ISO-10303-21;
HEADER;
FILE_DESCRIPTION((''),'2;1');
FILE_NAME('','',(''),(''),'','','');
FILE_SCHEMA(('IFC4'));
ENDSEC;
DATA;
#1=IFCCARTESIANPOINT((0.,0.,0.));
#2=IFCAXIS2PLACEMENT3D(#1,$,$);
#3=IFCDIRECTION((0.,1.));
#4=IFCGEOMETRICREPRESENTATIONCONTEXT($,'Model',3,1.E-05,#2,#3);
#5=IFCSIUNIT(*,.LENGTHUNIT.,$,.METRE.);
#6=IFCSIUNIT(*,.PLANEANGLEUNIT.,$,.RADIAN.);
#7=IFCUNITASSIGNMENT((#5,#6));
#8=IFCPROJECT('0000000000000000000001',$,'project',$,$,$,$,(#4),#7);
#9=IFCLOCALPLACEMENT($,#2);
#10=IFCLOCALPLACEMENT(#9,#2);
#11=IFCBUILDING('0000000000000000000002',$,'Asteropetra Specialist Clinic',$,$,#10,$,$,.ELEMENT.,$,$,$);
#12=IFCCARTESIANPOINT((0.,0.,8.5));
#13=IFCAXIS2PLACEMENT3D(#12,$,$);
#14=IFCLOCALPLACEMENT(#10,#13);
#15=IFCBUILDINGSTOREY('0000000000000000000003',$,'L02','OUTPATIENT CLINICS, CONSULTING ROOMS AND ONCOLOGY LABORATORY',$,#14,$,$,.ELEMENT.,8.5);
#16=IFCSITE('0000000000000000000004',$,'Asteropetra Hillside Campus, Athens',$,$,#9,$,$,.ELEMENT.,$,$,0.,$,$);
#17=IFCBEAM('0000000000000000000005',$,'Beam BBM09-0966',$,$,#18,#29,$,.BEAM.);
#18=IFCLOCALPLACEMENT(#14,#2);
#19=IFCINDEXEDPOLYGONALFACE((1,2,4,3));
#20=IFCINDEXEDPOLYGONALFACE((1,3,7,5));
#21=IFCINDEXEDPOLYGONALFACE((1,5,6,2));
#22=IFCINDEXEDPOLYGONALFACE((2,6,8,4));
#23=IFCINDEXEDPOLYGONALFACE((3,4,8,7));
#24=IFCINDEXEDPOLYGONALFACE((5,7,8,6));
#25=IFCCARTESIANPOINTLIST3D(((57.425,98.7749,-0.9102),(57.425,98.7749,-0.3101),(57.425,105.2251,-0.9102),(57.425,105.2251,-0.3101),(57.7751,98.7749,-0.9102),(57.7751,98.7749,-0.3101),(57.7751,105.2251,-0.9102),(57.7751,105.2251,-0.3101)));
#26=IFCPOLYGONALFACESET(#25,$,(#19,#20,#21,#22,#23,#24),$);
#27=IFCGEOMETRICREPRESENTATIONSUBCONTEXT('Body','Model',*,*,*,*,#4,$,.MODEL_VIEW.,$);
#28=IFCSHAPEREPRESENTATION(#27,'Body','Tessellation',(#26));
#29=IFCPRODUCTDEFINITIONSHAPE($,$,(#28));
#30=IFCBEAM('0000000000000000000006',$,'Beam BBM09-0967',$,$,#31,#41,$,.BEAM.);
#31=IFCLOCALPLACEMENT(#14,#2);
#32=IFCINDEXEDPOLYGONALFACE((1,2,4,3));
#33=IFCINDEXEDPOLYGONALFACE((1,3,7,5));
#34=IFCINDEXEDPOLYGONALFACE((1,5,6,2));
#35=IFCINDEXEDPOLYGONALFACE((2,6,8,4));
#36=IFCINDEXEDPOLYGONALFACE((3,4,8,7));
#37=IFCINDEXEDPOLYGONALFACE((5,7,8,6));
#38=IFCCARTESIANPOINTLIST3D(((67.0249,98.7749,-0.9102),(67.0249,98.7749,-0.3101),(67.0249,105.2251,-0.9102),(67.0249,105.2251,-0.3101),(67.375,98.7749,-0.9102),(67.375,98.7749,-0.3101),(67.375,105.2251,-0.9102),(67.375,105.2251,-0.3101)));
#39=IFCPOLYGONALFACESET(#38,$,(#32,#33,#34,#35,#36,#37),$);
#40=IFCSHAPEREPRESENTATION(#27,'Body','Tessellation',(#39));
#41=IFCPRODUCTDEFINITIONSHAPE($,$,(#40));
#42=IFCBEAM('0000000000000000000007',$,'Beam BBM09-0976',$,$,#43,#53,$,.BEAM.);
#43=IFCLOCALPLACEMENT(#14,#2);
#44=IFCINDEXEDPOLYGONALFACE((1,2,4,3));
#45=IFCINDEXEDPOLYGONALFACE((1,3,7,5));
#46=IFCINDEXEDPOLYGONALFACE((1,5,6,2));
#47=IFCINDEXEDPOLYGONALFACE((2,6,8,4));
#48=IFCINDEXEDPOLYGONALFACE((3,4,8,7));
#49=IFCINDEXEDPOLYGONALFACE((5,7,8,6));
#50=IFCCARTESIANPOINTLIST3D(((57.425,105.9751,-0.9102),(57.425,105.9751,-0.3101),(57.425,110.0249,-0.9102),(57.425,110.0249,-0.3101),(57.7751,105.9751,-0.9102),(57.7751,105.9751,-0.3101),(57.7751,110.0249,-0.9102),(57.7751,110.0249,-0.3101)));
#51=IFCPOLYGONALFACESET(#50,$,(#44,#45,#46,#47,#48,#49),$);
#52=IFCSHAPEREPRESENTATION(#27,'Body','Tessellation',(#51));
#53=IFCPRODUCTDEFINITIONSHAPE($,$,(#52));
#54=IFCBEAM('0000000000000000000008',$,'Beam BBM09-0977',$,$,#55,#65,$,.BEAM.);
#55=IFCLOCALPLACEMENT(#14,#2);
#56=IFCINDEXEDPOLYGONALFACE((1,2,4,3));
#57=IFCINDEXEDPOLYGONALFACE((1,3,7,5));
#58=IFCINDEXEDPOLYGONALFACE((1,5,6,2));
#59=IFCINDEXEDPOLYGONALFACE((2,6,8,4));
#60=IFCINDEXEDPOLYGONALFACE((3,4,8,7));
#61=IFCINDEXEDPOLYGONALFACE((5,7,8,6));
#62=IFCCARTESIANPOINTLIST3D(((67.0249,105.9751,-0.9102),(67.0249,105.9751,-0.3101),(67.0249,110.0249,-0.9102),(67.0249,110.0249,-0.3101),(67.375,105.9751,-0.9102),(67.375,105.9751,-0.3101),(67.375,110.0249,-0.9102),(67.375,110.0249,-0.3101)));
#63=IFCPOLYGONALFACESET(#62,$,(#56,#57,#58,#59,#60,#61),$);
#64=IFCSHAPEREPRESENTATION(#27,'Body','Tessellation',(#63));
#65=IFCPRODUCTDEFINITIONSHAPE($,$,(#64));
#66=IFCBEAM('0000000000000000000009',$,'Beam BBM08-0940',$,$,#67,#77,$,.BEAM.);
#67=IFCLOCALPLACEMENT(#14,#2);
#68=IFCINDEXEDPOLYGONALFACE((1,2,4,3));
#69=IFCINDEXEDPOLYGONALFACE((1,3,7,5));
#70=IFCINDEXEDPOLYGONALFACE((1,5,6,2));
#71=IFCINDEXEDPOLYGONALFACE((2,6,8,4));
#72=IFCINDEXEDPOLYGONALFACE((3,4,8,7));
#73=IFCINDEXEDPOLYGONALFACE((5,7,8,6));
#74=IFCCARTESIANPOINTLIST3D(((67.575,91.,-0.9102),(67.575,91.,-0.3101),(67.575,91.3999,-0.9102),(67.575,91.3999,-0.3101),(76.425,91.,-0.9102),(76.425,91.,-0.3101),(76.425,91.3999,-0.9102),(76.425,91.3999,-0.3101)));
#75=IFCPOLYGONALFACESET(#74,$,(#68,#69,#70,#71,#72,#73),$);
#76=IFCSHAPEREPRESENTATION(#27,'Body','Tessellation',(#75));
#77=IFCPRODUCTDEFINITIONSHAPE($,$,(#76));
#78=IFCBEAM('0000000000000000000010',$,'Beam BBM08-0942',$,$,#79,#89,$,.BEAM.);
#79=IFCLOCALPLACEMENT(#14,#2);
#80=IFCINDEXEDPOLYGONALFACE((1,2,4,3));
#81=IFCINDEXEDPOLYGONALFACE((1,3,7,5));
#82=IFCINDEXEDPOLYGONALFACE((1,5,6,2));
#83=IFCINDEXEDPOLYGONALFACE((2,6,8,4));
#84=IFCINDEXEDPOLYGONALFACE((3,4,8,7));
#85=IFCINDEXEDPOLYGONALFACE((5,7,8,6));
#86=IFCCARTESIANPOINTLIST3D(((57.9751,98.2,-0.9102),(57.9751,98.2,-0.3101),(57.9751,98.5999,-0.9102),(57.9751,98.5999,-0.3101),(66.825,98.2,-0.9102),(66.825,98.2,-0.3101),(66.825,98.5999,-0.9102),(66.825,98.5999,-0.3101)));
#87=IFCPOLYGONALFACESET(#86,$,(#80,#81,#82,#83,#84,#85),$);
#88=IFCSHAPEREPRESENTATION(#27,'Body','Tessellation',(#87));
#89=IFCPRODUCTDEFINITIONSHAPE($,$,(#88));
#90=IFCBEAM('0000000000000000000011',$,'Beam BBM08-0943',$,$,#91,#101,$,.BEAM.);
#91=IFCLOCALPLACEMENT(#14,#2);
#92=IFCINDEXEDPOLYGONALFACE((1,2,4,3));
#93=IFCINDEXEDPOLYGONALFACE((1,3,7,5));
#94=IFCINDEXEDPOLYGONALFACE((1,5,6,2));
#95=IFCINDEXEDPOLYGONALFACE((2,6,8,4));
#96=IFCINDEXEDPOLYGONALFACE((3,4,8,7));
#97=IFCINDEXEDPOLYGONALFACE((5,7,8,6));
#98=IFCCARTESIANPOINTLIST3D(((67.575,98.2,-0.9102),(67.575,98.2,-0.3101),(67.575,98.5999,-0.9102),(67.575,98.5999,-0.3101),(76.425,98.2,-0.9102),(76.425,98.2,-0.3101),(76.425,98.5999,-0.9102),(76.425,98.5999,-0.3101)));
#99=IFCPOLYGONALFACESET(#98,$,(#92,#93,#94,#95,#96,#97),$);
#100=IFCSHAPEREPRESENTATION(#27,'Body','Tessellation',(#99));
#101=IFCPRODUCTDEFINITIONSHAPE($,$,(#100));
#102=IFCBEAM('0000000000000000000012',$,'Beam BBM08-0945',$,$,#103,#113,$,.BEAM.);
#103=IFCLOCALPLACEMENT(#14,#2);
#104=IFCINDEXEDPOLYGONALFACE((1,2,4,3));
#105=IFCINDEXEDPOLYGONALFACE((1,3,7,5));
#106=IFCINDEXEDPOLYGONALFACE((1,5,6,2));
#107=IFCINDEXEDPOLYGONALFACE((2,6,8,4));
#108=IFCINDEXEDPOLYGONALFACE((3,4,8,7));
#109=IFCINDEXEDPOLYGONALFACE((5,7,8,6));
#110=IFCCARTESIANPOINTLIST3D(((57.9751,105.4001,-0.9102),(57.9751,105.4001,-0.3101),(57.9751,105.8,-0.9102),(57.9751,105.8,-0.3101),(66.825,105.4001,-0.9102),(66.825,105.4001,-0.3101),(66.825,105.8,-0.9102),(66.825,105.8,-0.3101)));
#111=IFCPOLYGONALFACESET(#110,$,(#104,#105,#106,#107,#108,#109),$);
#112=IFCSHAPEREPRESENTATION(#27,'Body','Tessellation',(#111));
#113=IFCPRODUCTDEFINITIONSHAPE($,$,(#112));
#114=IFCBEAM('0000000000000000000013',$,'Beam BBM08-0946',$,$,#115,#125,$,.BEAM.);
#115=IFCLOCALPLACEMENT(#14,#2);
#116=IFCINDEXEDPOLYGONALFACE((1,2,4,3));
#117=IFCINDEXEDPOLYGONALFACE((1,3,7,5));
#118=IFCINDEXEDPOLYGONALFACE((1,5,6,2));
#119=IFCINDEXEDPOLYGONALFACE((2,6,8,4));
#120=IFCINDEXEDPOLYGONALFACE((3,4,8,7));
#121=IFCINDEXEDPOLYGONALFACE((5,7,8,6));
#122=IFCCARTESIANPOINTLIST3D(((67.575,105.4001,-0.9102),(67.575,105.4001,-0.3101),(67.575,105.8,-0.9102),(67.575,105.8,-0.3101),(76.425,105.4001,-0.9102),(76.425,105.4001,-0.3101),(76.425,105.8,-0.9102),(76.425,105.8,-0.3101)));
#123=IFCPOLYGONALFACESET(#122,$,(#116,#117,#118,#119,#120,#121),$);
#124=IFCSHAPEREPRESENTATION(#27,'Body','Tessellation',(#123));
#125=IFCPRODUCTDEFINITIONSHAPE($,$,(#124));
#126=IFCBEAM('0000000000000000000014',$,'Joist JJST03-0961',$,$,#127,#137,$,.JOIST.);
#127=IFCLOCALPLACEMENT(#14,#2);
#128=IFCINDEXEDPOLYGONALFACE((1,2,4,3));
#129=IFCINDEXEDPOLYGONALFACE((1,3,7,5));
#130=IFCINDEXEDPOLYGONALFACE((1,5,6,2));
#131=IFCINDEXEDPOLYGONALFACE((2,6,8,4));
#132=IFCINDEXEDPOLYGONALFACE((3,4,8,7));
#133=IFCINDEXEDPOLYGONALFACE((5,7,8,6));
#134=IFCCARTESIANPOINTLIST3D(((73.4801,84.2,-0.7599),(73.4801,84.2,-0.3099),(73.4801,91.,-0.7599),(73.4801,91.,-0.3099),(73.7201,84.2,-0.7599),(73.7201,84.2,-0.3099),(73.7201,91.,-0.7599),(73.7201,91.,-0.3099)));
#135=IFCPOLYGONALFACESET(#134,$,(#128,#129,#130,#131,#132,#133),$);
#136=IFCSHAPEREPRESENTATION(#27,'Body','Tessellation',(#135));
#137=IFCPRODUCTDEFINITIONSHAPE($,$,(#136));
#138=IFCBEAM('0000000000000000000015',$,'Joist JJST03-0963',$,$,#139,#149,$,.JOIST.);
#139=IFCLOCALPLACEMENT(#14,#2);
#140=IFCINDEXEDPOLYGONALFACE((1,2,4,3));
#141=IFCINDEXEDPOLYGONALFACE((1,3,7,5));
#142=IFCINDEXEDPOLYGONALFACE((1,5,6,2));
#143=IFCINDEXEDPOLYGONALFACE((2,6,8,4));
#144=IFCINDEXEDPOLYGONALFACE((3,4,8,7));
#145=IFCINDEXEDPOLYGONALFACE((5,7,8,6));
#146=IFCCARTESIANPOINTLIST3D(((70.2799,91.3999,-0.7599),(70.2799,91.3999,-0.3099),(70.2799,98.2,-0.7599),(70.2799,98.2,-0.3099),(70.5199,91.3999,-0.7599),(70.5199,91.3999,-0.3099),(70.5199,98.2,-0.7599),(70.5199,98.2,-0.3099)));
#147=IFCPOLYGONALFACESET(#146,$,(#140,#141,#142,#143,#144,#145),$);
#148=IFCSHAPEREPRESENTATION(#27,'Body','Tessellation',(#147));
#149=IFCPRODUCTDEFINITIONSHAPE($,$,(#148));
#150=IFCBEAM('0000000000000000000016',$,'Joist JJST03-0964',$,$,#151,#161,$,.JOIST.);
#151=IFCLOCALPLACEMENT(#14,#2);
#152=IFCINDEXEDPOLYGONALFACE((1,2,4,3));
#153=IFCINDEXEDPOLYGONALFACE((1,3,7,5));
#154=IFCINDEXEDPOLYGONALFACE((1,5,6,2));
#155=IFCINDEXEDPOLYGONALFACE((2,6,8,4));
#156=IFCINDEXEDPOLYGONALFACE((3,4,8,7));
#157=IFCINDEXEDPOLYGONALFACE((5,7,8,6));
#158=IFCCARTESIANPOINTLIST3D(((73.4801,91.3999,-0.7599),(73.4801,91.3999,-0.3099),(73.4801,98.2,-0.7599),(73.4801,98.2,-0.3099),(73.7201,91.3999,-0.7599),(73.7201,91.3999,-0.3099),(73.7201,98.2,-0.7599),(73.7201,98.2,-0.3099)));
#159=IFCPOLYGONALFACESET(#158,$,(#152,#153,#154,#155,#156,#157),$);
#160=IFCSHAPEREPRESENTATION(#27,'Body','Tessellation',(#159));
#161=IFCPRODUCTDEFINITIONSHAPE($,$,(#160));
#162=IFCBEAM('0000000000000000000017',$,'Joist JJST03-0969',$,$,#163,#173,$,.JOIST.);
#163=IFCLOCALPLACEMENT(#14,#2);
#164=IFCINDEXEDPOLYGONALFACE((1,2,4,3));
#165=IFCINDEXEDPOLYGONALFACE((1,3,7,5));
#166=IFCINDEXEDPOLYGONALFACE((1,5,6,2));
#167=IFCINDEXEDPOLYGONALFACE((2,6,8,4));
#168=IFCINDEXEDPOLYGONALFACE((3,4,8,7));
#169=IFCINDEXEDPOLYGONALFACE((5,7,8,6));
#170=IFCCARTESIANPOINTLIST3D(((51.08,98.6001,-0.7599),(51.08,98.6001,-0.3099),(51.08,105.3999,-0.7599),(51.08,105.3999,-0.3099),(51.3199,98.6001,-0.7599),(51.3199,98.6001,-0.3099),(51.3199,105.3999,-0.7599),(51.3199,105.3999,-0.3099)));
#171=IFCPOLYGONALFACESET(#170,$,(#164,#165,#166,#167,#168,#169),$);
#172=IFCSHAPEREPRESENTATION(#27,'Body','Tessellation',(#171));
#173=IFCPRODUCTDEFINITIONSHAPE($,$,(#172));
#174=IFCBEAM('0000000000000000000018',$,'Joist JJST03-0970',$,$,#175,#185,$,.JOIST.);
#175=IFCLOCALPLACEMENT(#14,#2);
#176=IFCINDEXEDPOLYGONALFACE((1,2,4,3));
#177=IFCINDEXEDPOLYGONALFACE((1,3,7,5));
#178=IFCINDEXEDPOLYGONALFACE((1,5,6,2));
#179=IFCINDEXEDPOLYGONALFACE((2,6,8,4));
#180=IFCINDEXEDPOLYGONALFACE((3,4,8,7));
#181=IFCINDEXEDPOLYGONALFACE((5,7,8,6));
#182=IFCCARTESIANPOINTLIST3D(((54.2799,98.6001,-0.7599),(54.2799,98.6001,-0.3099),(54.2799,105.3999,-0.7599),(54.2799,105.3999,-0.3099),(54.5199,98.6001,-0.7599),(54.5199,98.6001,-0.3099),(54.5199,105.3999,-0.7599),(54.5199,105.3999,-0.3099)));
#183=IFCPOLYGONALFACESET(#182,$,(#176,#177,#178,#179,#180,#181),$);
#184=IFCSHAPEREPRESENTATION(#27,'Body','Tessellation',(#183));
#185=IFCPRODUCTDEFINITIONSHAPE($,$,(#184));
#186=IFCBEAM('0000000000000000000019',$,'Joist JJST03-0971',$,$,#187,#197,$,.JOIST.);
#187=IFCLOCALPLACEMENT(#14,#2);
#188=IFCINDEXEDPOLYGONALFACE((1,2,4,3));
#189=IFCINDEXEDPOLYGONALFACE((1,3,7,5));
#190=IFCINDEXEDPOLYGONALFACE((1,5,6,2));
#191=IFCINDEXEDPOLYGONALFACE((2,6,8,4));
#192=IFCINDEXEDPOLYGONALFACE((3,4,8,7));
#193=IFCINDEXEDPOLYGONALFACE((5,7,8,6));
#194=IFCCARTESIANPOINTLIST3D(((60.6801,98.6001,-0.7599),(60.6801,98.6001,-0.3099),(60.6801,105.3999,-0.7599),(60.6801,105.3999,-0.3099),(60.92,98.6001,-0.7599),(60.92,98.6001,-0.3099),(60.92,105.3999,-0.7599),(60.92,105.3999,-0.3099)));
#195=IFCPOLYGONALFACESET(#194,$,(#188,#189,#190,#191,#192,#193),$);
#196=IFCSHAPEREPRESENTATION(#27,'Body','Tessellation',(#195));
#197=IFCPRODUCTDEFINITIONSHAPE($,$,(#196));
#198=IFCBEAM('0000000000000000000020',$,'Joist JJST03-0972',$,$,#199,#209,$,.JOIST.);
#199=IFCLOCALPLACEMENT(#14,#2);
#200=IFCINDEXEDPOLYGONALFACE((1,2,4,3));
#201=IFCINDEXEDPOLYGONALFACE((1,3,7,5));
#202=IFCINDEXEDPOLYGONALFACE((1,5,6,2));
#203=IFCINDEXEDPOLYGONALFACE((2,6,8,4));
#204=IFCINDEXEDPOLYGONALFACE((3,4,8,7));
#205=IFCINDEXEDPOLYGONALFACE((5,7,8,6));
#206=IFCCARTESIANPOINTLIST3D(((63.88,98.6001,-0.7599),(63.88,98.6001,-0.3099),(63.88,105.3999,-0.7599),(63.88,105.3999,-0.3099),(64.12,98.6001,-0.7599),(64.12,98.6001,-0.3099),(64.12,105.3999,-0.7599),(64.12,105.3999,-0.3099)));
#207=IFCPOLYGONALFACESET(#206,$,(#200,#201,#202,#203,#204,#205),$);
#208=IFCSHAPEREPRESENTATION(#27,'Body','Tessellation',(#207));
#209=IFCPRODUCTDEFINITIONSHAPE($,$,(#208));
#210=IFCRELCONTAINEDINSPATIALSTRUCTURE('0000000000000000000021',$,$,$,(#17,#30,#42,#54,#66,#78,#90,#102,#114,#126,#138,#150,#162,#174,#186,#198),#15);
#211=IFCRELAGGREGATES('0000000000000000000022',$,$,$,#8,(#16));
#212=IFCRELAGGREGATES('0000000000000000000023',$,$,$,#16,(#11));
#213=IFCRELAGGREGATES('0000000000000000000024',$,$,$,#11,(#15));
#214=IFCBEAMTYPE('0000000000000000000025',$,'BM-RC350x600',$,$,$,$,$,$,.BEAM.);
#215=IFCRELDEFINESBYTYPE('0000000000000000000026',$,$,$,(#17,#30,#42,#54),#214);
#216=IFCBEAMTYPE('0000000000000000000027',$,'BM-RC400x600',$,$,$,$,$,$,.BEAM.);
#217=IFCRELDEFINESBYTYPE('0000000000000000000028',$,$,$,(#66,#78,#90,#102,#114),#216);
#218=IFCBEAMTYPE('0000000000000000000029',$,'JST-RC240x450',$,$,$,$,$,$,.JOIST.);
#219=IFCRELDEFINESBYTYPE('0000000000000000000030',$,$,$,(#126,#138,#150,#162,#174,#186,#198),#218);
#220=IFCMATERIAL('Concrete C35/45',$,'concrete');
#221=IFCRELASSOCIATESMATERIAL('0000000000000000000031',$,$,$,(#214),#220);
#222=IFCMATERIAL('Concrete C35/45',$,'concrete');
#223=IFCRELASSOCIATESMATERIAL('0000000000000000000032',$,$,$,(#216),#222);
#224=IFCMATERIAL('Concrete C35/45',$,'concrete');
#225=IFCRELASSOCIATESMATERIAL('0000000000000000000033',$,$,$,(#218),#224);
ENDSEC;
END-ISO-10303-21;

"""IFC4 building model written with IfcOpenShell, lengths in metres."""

from ifc_helpers import new_model, si_unit, direction, frame, origin, origin_2d, place, context, subcontext, project, spatial, rectangle, extrude, material, material_profile, profile_set, type_object, element, save


model = new_model("IFC4")

# Units and contexts
model_context = context("Model", 3, precision=1e-05, world=origin(), true_north=direction((0.0, 1.0)))
body_context = subcontext(model_context, "Body", "Model", "MODEL_VIEW")
ifc_project = project(units=[si_unit("LENGTHUNIT", "METRE"), si_unit("PLANEANGLEUNIT", "RADIAN")], contexts=[model_context])

# Site, building, storey
site_placement = place(None, origin())
site = spatial("IfcSite", under=ifc_project, at=site_placement, Name="Asteropetra Hillside Campus, Athens", CompositionType="ELEMENT", RefElevation=0.0)
building_placement = place(site_placement, origin())
building = spatial("IfcBuilding", under=site, at=building_placement, Name="Asteropetra Specialist Clinic", CompositionType="ELEMENT")
storey_placement = place(building_placement, frame((0.0, 0.0, 8.5)))
storey = spatial("IfcBuildingStorey", under=building, at=storey_placement, Name="L02", Description="OUTPATIENT CLINICS, CONSULTING ROOMS AND ONCOLOGY LABORATORY", CompositionType="ELEMENT", Elevation=8.5)

# Beams
ifc_material_1 = material(Name="Concrete C35/45", Category="concrete")
ifc_material_profile_1 = material_profile(ifc_material_1, rectangle(XDim=0.3501, YDim=0.6001, at=origin_2d()), Name="RCB 350x600")
ifc_profile_set_1 = profile_set([ifc_material_profile_1], Name="Concrete C35/45")
beam_type_1 = type_object("IfcBeamType", Name="BM-RC350x600", PredefinedType="BEAM", material=ifc_profile_set_1)
for number, where, z_axis, x_axis, name in (
    (1, (57.6001, 98.7749, -0.6101), (0.0, 1.0, 0.0), (-1.0, 0.0, 0.0), "Beam BBM09-0966"),
    (2, (67.2, 98.7749, -0.6101), (0.0, 1.0, 0.0), (-1.0, 0.0, 0.0), "Beam BBM09-0967"),
):
    element("IfcBeam", number, at=place(storey_placement, frame(where, z_axis=z_axis, x_axis=x_axis)), inside=storey, type_object=beam_type_1, Name=name, PredefinedType="BEAM", context=body_context, shape_type="SweptSolid", body=[
        extrude(rectangle(XDim=0.3501, YDim=0.6001, at=origin_2d()), origin(), (0.0, 0.0, 1.0), 6.4502),
    ])
for number, where, z_axis, x_axis, name in (
    (3, (57.6001, 105.9751, -0.6101), (0.0, 1.0, 0.0), (-1.0, 0.0, 0.0), "Beam BBM09-0976"),
    (4, (67.2, 105.9751, -0.6101), (0.0, 1.0, 0.0), (-1.0, 0.0, 0.0), "Beam BBM09-0977"),
):
    element("IfcBeam", number, at=place(storey_placement, frame(where, z_axis=z_axis, x_axis=x_axis)), inside=storey, type_object=beam_type_1, Name=name, PredefinedType="BEAM", context=body_context, shape_type="SweptSolid", body=[
        extrude(rectangle(XDim=0.3501, YDim=0.6001, at=origin_2d()), origin(), (0.0, 0.0, 1.0), 4.0498),
    ])
ifc_material_2 = material(Name="Concrete C35/45", Category="concrete")
ifc_material_profile_2 = material_profile(ifc_material_2, rectangle(XDim=0.3999, YDim=0.6001, at=origin_2d()), Name="RCB 400x600")
ifc_profile_set_2 = profile_set([ifc_material_profile_2], Name="Concrete C35/45")
beam_type_2 = type_object("IfcBeamType", Name="BM-RC400x600", PredefinedType="BEAM", material=ifc_profile_set_2)
beam_1_placement = place(storey_placement, frame((67.575, 91.2, -0.6101), z_axis=(1.0, 0.0, 0.0), x_axis=(0.0, 1.0, 0.0)))
element("IfcBeam", 5, at=beam_1_placement, inside=storey, type_object=beam_type_2, Name="Beam BBM08-0940", PredefinedType="BEAM", context=body_context, shape_type="SweptSolid", body=[
    extrude(rectangle(XDim=0.3999, YDim=0.6001, at=origin_2d()), origin(), (0.0, 0.0, 1.0), 8.8501),
])
beam_2_placement = place(storey_placement, frame((57.9751, 98.3999, -0.6101), z_axis=(1.0, 0.0, 0.0), x_axis=(0.0, 1.0, 0.0)))
element("IfcBeam", 6, at=beam_2_placement, inside=storey, type_object=beam_type_2, Name="Beam BBM08-0942", PredefinedType="BEAM", context=body_context, shape_type="SweptSolid", body=[
    extrude(rectangle(XDim=0.3999, YDim=0.6001, at=origin_2d()), origin(), (0.0, 0.0, 1.0), 8.8499),
])
beam_3_placement = place(storey_placement, frame((67.575, 98.3999, -0.6101), z_axis=(1.0, 0.0, 0.0), x_axis=(0.0, 1.0, 0.0)))
element("IfcBeam", 7, at=beam_3_placement, inside=storey, type_object=beam_type_2, Name="Beam BBM08-0943", PredefinedType="BEAM", context=body_context, shape_type="SweptSolid", body=[
    extrude(rectangle(XDim=0.3999, YDim=0.6001, at=origin_2d()), origin(), (0.0, 0.0, 1.0), 8.8501),
])
beam_4_placement = place(storey_placement, frame((57.9751, 105.6001, -0.6101), z_axis=(1.0, 0.0, 0.0), x_axis=(0.0, 1.0, 0.0)))
element("IfcBeam", 8, at=beam_4_placement, inside=storey, type_object=beam_type_2, Name="Beam BBM08-0945", PredefinedType="BEAM", context=body_context, shape_type="SweptSolid", body=[
    extrude(rectangle(XDim=0.3999, YDim=0.6001, at=origin_2d()), origin(), (0.0, 0.0, 1.0), 8.8499),
])
beam_5_placement = place(storey_placement, frame((67.575, 105.6001, -0.6101), z_axis=(1.0, 0.0, 0.0), x_axis=(0.0, 1.0, 0.0)))
element("IfcBeam", 9, at=beam_5_placement, inside=storey, type_object=beam_type_2, Name="Beam BBM08-0946", PredefinedType="BEAM", context=body_context, shape_type="SweptSolid", body=[
    extrude(rectangle(XDim=0.3999, YDim=0.6001, at=origin_2d()), origin(), (0.0, 0.0, 1.0), 8.8501),
])
ifc_material_3 = material(Name="Concrete C35/45", Category="concrete")
ifc_material_profile_3 = material_profile(ifc_material_3, rectangle(XDim=0.24, YDim=0.45, at=origin_2d()), Name="RCJ 240x450")
ifc_profile_set_3 = profile_set([ifc_material_profile_3], Name="Concrete C35/45")
beam_type_3 = type_object("IfcBeamType", Name="JST-RC240x450", PredefinedType="JOIST", material=ifc_profile_set_3)
for number, where, z_axis, x_axis, name in (
    (10, (73.6001, 84.2, -0.5349), (0.0, 1.0, 0.0), (-1.0, 0.0, 0.0), "Joist JJST03-0961"),
    (11, (70.3999, 91.3999, -0.5349), (0.0, 1.0, 0.0), (-1.0, 0.0, 0.0), "Joist JJST03-0963"),
    (12, (73.6001, 91.3999, -0.5349), (0.0, 1.0, 0.0), (-1.0, 0.0, 0.0), "Joist JJST03-0964"),
):
    element("IfcBeam", number, at=place(storey_placement, frame(where, z_axis=z_axis, x_axis=x_axis)), inside=storey, type_object=beam_type_3, Name=name, PredefinedType="JOIST", context=body_context, shape_type="SweptSolid", body=[
        extrude(rectangle(XDim=0.24, YDim=0.45, at=origin_2d()), origin(), (0.0, 0.0, 1.0), 6.8),
    ])
for number, where, z_axis, x_axis, name in (
    (13, (51.2, 98.6001, -0.5349), (0.0, 1.0, 0.0), (-1.0, 0.0, 0.0), "Joist JJST03-0969"),
    (14, (54.3999, 98.6001, -0.5349), (0.0, 1.0, 0.0), (-1.0, 0.0, 0.0), "Joist JJST03-0970"),
    (15, (60.8, 98.6001, -0.5349), (0.0, 1.0, 0.0), (-1.0, 0.0, 0.0), "Joist JJST03-0971"),
    (16, (64.0, 98.6001, -0.5349), (0.0, 1.0, 0.0), (-1.0, 0.0, 0.0), "Joist JJST03-0972"),
):
    element("IfcBeam", number, at=place(storey_placement, frame(where, z_axis=z_axis, x_axis=x_axis)), inside=storey, type_object=beam_type_3, Name=name, PredefinedType="JOIST", context=body_context, shape_type="SweptSolid", body=[
        extrude(rectangle(XDim=0.24, YDim=0.45, at=origin_2d()), origin(), (0.0, 0.0, 1.0), 6.7998),
    ])

save(model, "model.ifc")
